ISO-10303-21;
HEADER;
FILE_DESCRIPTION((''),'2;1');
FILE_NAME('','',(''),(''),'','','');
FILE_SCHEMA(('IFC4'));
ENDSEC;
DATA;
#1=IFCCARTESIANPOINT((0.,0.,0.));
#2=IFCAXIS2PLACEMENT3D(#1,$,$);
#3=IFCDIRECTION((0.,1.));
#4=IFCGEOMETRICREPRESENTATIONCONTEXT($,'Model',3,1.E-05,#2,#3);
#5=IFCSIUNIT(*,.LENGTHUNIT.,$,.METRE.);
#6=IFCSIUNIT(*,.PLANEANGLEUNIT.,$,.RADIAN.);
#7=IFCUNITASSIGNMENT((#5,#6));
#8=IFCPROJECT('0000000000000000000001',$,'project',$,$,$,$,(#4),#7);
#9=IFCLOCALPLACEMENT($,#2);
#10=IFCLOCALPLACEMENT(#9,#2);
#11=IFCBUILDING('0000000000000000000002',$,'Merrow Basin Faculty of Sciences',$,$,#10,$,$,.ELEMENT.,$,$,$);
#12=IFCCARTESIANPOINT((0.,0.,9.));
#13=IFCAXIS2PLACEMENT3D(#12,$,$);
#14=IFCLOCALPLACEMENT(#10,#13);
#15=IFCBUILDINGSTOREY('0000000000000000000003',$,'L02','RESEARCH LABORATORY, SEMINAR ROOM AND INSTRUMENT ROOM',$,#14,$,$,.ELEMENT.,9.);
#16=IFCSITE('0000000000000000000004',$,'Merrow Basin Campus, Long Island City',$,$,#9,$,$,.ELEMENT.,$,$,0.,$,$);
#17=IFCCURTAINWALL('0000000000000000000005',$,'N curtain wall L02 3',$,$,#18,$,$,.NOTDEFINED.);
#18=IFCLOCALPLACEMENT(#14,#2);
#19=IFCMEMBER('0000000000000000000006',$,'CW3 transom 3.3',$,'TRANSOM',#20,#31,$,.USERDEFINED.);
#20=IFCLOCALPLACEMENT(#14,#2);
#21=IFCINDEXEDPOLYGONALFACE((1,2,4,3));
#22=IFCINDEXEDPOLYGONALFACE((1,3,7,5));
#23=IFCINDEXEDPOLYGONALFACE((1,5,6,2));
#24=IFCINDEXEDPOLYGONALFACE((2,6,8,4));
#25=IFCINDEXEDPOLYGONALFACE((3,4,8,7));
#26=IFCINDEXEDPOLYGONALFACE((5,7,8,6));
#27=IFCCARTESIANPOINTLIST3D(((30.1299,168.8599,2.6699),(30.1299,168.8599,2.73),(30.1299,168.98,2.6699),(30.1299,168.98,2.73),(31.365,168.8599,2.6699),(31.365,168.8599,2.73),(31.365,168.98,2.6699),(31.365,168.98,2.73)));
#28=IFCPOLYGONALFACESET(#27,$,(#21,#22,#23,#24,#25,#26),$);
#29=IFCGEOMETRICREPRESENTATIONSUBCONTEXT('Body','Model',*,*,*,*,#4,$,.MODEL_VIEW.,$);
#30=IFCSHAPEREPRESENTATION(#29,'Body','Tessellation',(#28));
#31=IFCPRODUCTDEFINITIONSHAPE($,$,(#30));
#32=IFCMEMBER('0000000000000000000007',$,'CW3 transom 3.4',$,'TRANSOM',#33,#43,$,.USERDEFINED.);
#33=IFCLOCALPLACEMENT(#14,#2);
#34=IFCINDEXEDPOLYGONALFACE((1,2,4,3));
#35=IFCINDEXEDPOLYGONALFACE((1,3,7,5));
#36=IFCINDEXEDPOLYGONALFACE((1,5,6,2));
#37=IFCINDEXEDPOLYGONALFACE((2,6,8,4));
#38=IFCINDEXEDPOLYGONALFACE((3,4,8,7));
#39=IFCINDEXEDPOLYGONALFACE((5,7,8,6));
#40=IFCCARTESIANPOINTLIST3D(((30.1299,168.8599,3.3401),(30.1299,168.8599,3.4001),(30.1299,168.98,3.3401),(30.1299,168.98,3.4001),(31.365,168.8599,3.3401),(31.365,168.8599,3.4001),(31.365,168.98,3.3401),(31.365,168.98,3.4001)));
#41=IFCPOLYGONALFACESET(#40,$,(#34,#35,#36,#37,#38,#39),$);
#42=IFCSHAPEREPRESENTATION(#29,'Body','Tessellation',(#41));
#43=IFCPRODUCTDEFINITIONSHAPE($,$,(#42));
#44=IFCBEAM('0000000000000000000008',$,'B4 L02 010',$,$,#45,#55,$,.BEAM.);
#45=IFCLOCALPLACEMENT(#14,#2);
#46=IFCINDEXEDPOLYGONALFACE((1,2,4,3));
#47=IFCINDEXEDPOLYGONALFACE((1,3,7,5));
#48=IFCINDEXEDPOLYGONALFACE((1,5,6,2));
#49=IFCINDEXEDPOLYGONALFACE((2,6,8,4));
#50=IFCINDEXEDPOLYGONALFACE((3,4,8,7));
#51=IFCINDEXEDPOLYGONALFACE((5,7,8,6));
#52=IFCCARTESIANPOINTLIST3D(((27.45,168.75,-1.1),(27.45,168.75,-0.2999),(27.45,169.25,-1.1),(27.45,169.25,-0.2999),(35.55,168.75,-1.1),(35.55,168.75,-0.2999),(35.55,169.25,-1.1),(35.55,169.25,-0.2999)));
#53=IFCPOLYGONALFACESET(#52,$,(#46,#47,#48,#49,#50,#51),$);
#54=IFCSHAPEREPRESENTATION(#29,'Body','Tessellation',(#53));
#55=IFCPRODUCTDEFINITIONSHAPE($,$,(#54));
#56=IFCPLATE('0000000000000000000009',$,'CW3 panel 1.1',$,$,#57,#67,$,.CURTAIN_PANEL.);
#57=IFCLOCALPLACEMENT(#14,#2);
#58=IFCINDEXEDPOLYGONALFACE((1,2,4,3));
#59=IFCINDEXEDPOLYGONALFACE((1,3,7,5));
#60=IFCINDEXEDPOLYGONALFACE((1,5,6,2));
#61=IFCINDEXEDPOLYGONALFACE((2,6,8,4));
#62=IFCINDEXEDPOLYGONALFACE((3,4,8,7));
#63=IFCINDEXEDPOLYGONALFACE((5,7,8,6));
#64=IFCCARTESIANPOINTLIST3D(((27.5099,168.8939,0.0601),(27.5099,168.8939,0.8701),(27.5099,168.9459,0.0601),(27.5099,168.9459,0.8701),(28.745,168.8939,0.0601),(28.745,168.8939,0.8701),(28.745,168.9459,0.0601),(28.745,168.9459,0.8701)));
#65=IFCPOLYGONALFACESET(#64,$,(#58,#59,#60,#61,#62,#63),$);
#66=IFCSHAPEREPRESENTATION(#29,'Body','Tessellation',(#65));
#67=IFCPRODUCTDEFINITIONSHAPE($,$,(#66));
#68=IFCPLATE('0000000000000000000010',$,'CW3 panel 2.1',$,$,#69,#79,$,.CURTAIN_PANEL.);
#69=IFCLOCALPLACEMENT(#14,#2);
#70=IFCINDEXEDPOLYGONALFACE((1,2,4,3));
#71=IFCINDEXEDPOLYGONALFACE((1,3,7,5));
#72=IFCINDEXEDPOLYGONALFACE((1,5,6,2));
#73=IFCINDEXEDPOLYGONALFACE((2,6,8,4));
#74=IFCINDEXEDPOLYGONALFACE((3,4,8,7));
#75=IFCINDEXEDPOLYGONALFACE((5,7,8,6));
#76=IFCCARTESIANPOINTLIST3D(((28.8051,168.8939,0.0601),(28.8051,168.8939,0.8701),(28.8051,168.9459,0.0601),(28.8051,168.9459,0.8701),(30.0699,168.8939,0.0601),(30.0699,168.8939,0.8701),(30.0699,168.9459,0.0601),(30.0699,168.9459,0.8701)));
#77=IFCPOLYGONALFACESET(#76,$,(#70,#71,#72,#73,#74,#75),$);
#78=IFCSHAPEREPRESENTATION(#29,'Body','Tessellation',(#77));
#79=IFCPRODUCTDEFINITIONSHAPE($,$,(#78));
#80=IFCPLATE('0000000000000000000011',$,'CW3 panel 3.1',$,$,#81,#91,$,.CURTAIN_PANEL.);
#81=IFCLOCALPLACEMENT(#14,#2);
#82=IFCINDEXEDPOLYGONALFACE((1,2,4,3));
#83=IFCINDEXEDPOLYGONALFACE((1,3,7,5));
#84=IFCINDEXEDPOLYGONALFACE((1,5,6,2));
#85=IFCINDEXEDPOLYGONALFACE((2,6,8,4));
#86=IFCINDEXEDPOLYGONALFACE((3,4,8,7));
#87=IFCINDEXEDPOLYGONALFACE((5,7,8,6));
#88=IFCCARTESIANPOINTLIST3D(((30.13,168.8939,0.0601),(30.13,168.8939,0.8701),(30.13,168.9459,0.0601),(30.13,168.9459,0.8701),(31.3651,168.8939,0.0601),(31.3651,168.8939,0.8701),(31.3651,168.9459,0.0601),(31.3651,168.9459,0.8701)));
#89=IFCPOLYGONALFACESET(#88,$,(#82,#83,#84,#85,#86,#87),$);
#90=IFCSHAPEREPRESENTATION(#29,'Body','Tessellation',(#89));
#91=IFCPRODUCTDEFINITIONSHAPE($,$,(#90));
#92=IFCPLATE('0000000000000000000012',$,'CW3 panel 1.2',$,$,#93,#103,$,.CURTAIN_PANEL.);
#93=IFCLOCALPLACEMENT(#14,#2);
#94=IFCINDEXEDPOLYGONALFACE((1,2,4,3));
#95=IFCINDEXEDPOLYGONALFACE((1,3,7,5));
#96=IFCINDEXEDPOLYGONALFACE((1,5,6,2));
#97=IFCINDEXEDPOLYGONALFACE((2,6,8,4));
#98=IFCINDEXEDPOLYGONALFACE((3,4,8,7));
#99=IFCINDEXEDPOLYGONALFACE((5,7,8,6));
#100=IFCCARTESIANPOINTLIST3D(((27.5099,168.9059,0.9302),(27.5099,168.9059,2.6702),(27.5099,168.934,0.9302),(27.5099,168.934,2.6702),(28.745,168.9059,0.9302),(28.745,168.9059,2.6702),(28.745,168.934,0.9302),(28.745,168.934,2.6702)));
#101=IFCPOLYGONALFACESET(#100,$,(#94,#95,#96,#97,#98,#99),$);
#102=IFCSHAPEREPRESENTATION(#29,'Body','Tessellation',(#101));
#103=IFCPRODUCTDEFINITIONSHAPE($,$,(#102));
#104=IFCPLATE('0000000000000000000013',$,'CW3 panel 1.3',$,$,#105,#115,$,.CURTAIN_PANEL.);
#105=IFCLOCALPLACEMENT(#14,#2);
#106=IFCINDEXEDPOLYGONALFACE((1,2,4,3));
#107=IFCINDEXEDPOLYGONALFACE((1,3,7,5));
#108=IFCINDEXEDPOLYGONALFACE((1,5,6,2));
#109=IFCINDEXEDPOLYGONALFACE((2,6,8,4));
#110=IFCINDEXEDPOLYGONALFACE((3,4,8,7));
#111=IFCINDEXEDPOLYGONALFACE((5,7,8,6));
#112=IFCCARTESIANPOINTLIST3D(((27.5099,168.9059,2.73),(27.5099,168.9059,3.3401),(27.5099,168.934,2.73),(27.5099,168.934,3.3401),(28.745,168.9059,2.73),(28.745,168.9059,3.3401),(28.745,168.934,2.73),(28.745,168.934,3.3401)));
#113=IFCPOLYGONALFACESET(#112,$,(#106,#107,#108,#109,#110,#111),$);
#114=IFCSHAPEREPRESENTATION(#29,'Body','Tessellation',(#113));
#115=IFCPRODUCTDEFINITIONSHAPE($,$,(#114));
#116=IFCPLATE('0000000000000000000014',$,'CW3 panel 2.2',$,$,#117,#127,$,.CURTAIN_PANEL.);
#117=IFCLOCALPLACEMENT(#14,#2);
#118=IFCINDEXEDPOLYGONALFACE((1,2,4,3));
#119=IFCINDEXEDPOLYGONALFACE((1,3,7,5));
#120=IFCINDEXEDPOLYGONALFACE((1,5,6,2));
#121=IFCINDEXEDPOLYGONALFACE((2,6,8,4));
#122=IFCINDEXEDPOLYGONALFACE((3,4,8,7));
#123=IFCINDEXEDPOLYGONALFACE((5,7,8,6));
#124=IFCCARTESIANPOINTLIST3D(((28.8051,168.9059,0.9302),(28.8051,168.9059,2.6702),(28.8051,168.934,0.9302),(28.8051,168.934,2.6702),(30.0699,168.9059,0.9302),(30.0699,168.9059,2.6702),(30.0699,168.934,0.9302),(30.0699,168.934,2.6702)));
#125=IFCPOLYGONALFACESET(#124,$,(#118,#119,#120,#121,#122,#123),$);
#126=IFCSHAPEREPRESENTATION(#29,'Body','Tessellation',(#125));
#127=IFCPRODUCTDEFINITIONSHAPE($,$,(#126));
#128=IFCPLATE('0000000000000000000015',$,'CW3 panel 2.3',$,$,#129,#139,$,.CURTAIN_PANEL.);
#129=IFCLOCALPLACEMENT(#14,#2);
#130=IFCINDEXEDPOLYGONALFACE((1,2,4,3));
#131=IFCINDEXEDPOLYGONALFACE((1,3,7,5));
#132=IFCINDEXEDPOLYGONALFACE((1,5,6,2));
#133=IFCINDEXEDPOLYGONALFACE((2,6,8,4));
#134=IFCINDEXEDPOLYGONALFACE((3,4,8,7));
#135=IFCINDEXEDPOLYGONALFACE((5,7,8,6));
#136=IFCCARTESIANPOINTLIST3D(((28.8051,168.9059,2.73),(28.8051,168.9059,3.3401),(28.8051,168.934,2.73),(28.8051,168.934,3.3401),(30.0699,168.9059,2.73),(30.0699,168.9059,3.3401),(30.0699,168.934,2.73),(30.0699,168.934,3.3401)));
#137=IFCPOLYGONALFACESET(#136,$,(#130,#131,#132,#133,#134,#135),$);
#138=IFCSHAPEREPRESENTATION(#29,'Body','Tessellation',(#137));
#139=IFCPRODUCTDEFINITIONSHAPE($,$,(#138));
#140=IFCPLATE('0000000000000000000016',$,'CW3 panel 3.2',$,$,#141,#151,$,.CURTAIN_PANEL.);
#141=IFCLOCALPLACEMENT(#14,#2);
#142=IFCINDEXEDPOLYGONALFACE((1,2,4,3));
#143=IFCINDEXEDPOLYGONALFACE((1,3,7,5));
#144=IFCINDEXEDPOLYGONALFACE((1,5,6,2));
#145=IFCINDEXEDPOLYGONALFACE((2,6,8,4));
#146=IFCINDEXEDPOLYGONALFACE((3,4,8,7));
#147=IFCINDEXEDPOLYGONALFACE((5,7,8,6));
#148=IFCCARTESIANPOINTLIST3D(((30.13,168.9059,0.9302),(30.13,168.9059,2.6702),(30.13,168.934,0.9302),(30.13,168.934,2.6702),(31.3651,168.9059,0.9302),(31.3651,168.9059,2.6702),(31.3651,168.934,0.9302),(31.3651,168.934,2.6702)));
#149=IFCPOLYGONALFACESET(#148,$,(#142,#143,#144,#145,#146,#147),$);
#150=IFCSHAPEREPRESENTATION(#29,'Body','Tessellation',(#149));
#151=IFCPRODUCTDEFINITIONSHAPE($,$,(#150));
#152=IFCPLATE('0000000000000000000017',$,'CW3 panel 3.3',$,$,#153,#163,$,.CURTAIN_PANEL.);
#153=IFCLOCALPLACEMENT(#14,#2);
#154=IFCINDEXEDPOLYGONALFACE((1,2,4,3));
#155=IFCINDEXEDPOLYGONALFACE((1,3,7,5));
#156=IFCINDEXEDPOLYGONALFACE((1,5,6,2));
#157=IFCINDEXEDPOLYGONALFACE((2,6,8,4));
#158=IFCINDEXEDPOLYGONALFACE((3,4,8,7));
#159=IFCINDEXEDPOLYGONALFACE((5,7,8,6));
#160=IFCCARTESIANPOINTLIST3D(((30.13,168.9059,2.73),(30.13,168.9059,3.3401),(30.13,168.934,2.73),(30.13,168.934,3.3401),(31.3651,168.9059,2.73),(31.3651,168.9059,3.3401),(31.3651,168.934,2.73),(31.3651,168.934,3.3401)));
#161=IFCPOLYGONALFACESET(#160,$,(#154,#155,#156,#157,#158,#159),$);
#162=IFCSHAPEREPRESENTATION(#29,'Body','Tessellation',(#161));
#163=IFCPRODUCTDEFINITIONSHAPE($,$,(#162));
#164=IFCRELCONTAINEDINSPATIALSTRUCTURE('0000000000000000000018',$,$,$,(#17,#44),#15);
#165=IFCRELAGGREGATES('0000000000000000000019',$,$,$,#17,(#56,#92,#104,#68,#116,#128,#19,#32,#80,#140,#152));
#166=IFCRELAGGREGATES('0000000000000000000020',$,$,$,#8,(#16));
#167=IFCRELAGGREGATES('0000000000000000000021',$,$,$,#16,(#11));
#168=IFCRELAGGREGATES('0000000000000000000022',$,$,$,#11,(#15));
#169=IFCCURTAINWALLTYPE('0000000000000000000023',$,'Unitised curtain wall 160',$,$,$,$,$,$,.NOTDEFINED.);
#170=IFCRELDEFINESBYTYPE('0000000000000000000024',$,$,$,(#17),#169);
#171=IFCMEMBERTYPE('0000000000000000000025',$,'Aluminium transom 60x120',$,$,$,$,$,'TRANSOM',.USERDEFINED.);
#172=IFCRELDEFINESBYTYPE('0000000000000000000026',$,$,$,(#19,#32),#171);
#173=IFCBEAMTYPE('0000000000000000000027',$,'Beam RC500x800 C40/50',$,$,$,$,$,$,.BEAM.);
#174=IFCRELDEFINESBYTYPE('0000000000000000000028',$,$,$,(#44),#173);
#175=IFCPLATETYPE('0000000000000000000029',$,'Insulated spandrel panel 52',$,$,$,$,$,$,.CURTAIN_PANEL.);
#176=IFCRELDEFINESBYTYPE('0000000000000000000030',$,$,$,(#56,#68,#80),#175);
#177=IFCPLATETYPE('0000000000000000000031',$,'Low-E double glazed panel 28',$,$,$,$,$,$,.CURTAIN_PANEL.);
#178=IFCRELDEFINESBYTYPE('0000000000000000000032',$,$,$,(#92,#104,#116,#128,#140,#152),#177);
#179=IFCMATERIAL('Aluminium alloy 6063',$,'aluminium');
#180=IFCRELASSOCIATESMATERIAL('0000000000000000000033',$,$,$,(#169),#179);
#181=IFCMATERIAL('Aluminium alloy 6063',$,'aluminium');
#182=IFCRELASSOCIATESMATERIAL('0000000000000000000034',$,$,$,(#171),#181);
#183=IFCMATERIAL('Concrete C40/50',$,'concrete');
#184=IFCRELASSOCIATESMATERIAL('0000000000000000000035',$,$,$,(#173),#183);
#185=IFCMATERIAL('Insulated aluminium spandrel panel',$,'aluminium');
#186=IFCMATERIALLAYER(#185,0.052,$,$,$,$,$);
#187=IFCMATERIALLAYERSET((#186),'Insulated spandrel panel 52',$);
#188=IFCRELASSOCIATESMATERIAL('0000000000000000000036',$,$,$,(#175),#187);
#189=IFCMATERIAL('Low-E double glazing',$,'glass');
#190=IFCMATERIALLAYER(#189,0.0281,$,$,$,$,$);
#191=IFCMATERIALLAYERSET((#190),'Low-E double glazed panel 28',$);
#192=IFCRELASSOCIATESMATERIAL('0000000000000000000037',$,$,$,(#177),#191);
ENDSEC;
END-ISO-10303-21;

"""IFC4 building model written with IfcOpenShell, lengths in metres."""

from ifc_helpers import new_model, si_unit, direction, frame, origin, origin_2d, place, context, subcontext, project, spatial, rectangle, extrude, material, layer, layer_set, material_profile, profile_set, type_object, element, aggregate, save


model = new_model("IFC4")

# Units and contexts
model_context = context("Model", 3, precision=1e-05, world=origin(), true_north=direction((0.0, 1.0)))
body_context = subcontext(model_context, "Body", "Model", "MODEL_VIEW")
ifc_project = project(units=[si_unit("LENGTHUNIT", "METRE"), si_unit("PLANEANGLEUNIT", "RADIAN")], contexts=[model_context])

# Site, building, storey
site_placement = place(None, origin())
site = spatial("IfcSite", under=ifc_project, at=site_placement, Name="Merrow Basin Campus, Long Island City", CompositionType="ELEMENT", RefElevation=0.0)
building_placement = place(site_placement, origin())
building = spatial("IfcBuilding", under=site, at=building_placement, Name="Merrow Basin Faculty of Sciences", CompositionType="ELEMENT")
storey_placement = place(building_placement, frame((0.0, 0.0, 9.0)))
storey = spatial("IfcBuildingStorey", under=building, at=storey_placement, Name="L02", Description="RESEARCH LABORATORY, SEMINAR ROOM AND INSTRUMENT ROOM", CompositionType="ELEMENT", Elevation=9.0)

# Curtain wall
ifc_material_1 = material(Name="Aluminium alloy 6063", Category="aluminium")
curtain_wall_type = type_object("IfcCurtainWallType", Name="Unitised curtain wall 160", PredefinedType="NOTDEFINED", material=ifc_material_1)
curtain_wall_1_placement = place(storey_placement, origin())
curtain_wall_1 = element("IfcCurtainWall", 1, at=curtain_wall_1_placement, inside=storey, type_object=curtain_wall_type, Name="N curtain wall L02 3", PredefinedType="NOTDEFINED")

# Members
ifc_material_2 = material(Name="Aluminium alloy 6063", Category="aluminium")
ifc_material_profile_1 = material_profile(ifc_material_2, rectangle(XDim=0.1201, YDim=0.0601, at=origin_2d()))
ifc_profile_set_1 = profile_set([ifc_material_profile_1], Name="Aluminium alloy 6063")
member_type_1 = type_object("IfcMemberType", Name="Aluminium transom 60x120", ElementType="TRANSOM", PredefinedType="USERDEFINED", material=ifc_profile_set_1)
member_1_placement = place(storey_placement, frame((30.1299, 168.9199, 2.7), z_axis=(1.0, 0.0, 0.0), x_axis=(0.0, 1.0, 0.0)))
member_1 = element("IfcMember", 2, at=member_1_placement, type_object=member_type_1, Name="CW3 transom 3.3", ObjectType="TRANSOM", PredefinedType="USERDEFINED", context=body_context, shape_type="SweptSolid", body=[
    extrude(rectangle(XDim=0.1201, YDim=0.0601, at=origin_2d()), origin(), (0.0, 0.0, 1.0), 1.2351),
])
member_2_placement = place(storey_placement, frame((30.1299, 168.9199, 3.3701), z_axis=(1.0, 0.0, 0.0), x_axis=(0.0, 1.0, 0.0)))
member_2 = element("IfcMember", 3, at=member_2_placement, type_object=member_type_1, Name="CW3 transom 3.4", ObjectType="TRANSOM", PredefinedType="USERDEFINED", context=body_context, shape_type="SweptSolid", body=[
    extrude(rectangle(XDim=0.1201, YDim=0.0601, at=origin_2d()), origin(), (0.0, 0.0, 1.0), 1.2351),
])

# Beam
ifc_material_3 = material(Name="Concrete C40/50", Category="concrete")
ifc_material_profile_2 = material_profile(ifc_material_3, rectangle(XDim=0.5, YDim=0.8, at=origin_2d()))
ifc_profile_set_2 = profile_set([ifc_material_profile_2], Name="Concrete C40/50")
beam_type = type_object("IfcBeamType", Name="Beam RC500x800 C40/50", PredefinedType="BEAM", material=ifc_profile_set_2)
beam_placement = place(storey_placement, frame((27.45, 169.0, -0.7), z_axis=(1.0, 0.0, 0.0), x_axis=(0.0, 1.0, 0.0)))
element("IfcBeam", 4, at=beam_placement, inside=storey, type_object=beam_type, Name="B4 L02 010", PredefinedType="BEAM", context=body_context, shape_type="SweptSolid", body=[
    extrude(rectangle(XDim=0.5, YDim=0.8, at=origin_2d()), origin(), (0.0, 0.0, 1.0), 8.1001),
])

# Plates
ifc_material_4 = material(Name="Insulated aluminium spandrel panel", Category="aluminium")
ifc_layer_1 = layer(ifc_material_4, 0.052)
ifc_layer_set_1 = layer_set([ifc_layer_1], Name="Insulated spandrel panel 52")
plate_type_1 = type_object("IfcPlateType", Name="Insulated spandrel panel 52", PredefinedType="CURTAIN_PANEL", material=ifc_layer_set_1)
plate_1_placement = place(storey_placement, frame((28.1274, 168.9199, 0.0601), z_axis=(0.0, 0.0, 1.0), x_axis=(1.0, 0.0, 0.0)))
plate_1 = element("IfcPlate", 5, at=plate_1_placement, type_object=plate_type_1, Name="CW3 panel 1.1", PredefinedType="CURTAIN_PANEL", context=body_context, shape_type="SweptSolid", body=[
    extrude(rectangle(XDim=1.2351, YDim=0.052, at=origin_2d()), origin(), (0.0, 0.0, 1.0), 0.8101),
])
plate_2_placement = place(storey_placement, frame((29.4375, 168.9199, 0.0601), z_axis=(0.0, 0.0, 1.0), x_axis=(1.0, 0.0, 0.0)))
plate_2 = element("IfcPlate", 6, at=plate_2_placement, type_object=plate_type_1, Name="CW3 panel 2.1", PredefinedType="CURTAIN_PANEL", context=body_context, shape_type="SweptSolid", body=[
    extrude(rectangle(XDim=1.2649, YDim=0.052, at=origin_2d()), origin(), (0.0, 0.0, 1.0), 0.8101),
])
plate_3_placement = place(storey_placement, frame((30.7476, 168.9199, 0.0601), z_axis=(0.0, 0.0, 1.0), x_axis=(1.0, 0.0, 0.0)))
plate_3 = element("IfcPlate", 7, at=plate_3_placement, type_object=plate_type_1, Name="CW3 panel 3.1", PredefinedType="CURTAIN_PANEL", context=body_context, shape_type="SweptSolid", body=[
    extrude(rectangle(XDim=1.2351, YDim=0.052, at=origin_2d()), origin(), (0.0, 0.0, 1.0), 0.8101),
])
ifc_material_5 = material(Name="Low-E double glazing", Category="glass")
ifc_layer_2 = layer(ifc_material_5, 0.0281)
ifc_layer_set_2 = layer_set([ifc_layer_2], Name="Low-E double glazed panel 28")
plate_type_2 = type_object("IfcPlateType", Name="Low-E double glazed panel 28", PredefinedType="CURTAIN_PANEL", material=ifc_layer_set_2)
plate_4_placement = place(storey_placement, frame((28.1274, 168.9199, 0.9302), z_axis=(0.0, 0.0, 1.0), x_axis=(1.0, 0.0, 0.0)))
plate_4 = element("IfcPlate", 8, at=plate_4_placement, type_object=plate_type_2, Name="CW3 panel 1.2", PredefinedType="CURTAIN_PANEL", context=body_context, shape_type="SweptSolid", body=[
    extrude(rectangle(XDim=1.2351, YDim=0.0281, at=origin_2d()), origin(), (0.0, 0.0, 1.0), 1.74),
])
plate_5_placement = place(storey_placement, frame((28.1274, 168.9199, 2.73), z_axis=(0.0, 0.0, 1.0), x_axis=(1.0, 0.0, 0.0)))
plate_5 = element("IfcPlate", 9, at=plate_5_placement, type_object=plate_type_2, Name="CW3 panel 1.3", PredefinedType="CURTAIN_PANEL", context=body_context, shape_type="SweptSolid", body=[
    extrude(rectangle(XDim=1.2351, YDim=0.0281, at=origin_2d()), origin(), (0.0, 0.0, 1.0), 0.6101),
])
plate_6_placement = place(storey_placement, frame((29.4375, 168.9199, 0.9302), z_axis=(0.0, 0.0, 1.0), x_axis=(1.0, 0.0, 0.0)))
plate_6 = element("IfcPlate", 10, at=plate_6_placement, type_object=plate_type_2, Name="CW3 panel 2.2", PredefinedType="CURTAIN_PANEL", context=body_context, shape_type="SweptSolid", body=[
    extrude(rectangle(XDim=1.2649, YDim=0.0281, at=origin_2d()), origin(), (0.0, 0.0, 1.0), 1.74),
])
plate_7_placement = place(storey_placement, frame((29.4375, 168.9199, 2.73), z_axis=(0.0, 0.0, 1.0), x_axis=(1.0, 0.0, 0.0)))
plate_7 = element("IfcPlate", 11, at=plate_7_placement, type_object=plate_type_2, Name="CW3 panel 2.3", PredefinedType="CURTAIN_PANEL", context=body_context, shape_type="SweptSolid", body=[
    extrude(rectangle(XDim=1.2649, YDim=0.0281, at=origin_2d()), origin(), (0.0, 0.0, 1.0), 0.6101),
])
plate_8_placement = place(storey_placement, frame((30.7476, 168.9199, 0.9302), z_axis=(0.0, 0.0, 1.0), x_axis=(1.0, 0.0, 0.0)))
plate_8 = element("IfcPlate", 12, at=plate_8_placement, type_object=plate_type_2, Name="CW3 panel 3.2", PredefinedType="CURTAIN_PANEL", context=body_context, shape_type="SweptSolid", body=[
    extrude(rectangle(XDim=1.2351, YDim=0.0281, at=origin_2d()), origin(), (0.0, 0.0, 1.0), 1.74),
])
plate_9_placement = place(storey_placement, frame((30.7476, 168.9199, 2.73), z_axis=(0.0, 0.0, 1.0), x_axis=(1.0, 0.0, 0.0)))
plate_9 = element("IfcPlate", 13, at=plate_9_placement, type_object=plate_type_2, Name="CW3 panel 3.3", PredefinedType="CURTAIN_PANEL", context=body_context, shape_type="SweptSolid", body=[
    extrude(rectangle(XDim=1.2351, YDim=0.0281, at=origin_2d()), origin(), (0.0, 0.0, 1.0), 0.6101),
])
aggregate(curtain_wall_1, [plate_1, plate_4, plate_5, plate_2, plate_6, plate_7, member_1, member_2, plate_3, plate_8, plate_9])

save(model, "model.ifc")
